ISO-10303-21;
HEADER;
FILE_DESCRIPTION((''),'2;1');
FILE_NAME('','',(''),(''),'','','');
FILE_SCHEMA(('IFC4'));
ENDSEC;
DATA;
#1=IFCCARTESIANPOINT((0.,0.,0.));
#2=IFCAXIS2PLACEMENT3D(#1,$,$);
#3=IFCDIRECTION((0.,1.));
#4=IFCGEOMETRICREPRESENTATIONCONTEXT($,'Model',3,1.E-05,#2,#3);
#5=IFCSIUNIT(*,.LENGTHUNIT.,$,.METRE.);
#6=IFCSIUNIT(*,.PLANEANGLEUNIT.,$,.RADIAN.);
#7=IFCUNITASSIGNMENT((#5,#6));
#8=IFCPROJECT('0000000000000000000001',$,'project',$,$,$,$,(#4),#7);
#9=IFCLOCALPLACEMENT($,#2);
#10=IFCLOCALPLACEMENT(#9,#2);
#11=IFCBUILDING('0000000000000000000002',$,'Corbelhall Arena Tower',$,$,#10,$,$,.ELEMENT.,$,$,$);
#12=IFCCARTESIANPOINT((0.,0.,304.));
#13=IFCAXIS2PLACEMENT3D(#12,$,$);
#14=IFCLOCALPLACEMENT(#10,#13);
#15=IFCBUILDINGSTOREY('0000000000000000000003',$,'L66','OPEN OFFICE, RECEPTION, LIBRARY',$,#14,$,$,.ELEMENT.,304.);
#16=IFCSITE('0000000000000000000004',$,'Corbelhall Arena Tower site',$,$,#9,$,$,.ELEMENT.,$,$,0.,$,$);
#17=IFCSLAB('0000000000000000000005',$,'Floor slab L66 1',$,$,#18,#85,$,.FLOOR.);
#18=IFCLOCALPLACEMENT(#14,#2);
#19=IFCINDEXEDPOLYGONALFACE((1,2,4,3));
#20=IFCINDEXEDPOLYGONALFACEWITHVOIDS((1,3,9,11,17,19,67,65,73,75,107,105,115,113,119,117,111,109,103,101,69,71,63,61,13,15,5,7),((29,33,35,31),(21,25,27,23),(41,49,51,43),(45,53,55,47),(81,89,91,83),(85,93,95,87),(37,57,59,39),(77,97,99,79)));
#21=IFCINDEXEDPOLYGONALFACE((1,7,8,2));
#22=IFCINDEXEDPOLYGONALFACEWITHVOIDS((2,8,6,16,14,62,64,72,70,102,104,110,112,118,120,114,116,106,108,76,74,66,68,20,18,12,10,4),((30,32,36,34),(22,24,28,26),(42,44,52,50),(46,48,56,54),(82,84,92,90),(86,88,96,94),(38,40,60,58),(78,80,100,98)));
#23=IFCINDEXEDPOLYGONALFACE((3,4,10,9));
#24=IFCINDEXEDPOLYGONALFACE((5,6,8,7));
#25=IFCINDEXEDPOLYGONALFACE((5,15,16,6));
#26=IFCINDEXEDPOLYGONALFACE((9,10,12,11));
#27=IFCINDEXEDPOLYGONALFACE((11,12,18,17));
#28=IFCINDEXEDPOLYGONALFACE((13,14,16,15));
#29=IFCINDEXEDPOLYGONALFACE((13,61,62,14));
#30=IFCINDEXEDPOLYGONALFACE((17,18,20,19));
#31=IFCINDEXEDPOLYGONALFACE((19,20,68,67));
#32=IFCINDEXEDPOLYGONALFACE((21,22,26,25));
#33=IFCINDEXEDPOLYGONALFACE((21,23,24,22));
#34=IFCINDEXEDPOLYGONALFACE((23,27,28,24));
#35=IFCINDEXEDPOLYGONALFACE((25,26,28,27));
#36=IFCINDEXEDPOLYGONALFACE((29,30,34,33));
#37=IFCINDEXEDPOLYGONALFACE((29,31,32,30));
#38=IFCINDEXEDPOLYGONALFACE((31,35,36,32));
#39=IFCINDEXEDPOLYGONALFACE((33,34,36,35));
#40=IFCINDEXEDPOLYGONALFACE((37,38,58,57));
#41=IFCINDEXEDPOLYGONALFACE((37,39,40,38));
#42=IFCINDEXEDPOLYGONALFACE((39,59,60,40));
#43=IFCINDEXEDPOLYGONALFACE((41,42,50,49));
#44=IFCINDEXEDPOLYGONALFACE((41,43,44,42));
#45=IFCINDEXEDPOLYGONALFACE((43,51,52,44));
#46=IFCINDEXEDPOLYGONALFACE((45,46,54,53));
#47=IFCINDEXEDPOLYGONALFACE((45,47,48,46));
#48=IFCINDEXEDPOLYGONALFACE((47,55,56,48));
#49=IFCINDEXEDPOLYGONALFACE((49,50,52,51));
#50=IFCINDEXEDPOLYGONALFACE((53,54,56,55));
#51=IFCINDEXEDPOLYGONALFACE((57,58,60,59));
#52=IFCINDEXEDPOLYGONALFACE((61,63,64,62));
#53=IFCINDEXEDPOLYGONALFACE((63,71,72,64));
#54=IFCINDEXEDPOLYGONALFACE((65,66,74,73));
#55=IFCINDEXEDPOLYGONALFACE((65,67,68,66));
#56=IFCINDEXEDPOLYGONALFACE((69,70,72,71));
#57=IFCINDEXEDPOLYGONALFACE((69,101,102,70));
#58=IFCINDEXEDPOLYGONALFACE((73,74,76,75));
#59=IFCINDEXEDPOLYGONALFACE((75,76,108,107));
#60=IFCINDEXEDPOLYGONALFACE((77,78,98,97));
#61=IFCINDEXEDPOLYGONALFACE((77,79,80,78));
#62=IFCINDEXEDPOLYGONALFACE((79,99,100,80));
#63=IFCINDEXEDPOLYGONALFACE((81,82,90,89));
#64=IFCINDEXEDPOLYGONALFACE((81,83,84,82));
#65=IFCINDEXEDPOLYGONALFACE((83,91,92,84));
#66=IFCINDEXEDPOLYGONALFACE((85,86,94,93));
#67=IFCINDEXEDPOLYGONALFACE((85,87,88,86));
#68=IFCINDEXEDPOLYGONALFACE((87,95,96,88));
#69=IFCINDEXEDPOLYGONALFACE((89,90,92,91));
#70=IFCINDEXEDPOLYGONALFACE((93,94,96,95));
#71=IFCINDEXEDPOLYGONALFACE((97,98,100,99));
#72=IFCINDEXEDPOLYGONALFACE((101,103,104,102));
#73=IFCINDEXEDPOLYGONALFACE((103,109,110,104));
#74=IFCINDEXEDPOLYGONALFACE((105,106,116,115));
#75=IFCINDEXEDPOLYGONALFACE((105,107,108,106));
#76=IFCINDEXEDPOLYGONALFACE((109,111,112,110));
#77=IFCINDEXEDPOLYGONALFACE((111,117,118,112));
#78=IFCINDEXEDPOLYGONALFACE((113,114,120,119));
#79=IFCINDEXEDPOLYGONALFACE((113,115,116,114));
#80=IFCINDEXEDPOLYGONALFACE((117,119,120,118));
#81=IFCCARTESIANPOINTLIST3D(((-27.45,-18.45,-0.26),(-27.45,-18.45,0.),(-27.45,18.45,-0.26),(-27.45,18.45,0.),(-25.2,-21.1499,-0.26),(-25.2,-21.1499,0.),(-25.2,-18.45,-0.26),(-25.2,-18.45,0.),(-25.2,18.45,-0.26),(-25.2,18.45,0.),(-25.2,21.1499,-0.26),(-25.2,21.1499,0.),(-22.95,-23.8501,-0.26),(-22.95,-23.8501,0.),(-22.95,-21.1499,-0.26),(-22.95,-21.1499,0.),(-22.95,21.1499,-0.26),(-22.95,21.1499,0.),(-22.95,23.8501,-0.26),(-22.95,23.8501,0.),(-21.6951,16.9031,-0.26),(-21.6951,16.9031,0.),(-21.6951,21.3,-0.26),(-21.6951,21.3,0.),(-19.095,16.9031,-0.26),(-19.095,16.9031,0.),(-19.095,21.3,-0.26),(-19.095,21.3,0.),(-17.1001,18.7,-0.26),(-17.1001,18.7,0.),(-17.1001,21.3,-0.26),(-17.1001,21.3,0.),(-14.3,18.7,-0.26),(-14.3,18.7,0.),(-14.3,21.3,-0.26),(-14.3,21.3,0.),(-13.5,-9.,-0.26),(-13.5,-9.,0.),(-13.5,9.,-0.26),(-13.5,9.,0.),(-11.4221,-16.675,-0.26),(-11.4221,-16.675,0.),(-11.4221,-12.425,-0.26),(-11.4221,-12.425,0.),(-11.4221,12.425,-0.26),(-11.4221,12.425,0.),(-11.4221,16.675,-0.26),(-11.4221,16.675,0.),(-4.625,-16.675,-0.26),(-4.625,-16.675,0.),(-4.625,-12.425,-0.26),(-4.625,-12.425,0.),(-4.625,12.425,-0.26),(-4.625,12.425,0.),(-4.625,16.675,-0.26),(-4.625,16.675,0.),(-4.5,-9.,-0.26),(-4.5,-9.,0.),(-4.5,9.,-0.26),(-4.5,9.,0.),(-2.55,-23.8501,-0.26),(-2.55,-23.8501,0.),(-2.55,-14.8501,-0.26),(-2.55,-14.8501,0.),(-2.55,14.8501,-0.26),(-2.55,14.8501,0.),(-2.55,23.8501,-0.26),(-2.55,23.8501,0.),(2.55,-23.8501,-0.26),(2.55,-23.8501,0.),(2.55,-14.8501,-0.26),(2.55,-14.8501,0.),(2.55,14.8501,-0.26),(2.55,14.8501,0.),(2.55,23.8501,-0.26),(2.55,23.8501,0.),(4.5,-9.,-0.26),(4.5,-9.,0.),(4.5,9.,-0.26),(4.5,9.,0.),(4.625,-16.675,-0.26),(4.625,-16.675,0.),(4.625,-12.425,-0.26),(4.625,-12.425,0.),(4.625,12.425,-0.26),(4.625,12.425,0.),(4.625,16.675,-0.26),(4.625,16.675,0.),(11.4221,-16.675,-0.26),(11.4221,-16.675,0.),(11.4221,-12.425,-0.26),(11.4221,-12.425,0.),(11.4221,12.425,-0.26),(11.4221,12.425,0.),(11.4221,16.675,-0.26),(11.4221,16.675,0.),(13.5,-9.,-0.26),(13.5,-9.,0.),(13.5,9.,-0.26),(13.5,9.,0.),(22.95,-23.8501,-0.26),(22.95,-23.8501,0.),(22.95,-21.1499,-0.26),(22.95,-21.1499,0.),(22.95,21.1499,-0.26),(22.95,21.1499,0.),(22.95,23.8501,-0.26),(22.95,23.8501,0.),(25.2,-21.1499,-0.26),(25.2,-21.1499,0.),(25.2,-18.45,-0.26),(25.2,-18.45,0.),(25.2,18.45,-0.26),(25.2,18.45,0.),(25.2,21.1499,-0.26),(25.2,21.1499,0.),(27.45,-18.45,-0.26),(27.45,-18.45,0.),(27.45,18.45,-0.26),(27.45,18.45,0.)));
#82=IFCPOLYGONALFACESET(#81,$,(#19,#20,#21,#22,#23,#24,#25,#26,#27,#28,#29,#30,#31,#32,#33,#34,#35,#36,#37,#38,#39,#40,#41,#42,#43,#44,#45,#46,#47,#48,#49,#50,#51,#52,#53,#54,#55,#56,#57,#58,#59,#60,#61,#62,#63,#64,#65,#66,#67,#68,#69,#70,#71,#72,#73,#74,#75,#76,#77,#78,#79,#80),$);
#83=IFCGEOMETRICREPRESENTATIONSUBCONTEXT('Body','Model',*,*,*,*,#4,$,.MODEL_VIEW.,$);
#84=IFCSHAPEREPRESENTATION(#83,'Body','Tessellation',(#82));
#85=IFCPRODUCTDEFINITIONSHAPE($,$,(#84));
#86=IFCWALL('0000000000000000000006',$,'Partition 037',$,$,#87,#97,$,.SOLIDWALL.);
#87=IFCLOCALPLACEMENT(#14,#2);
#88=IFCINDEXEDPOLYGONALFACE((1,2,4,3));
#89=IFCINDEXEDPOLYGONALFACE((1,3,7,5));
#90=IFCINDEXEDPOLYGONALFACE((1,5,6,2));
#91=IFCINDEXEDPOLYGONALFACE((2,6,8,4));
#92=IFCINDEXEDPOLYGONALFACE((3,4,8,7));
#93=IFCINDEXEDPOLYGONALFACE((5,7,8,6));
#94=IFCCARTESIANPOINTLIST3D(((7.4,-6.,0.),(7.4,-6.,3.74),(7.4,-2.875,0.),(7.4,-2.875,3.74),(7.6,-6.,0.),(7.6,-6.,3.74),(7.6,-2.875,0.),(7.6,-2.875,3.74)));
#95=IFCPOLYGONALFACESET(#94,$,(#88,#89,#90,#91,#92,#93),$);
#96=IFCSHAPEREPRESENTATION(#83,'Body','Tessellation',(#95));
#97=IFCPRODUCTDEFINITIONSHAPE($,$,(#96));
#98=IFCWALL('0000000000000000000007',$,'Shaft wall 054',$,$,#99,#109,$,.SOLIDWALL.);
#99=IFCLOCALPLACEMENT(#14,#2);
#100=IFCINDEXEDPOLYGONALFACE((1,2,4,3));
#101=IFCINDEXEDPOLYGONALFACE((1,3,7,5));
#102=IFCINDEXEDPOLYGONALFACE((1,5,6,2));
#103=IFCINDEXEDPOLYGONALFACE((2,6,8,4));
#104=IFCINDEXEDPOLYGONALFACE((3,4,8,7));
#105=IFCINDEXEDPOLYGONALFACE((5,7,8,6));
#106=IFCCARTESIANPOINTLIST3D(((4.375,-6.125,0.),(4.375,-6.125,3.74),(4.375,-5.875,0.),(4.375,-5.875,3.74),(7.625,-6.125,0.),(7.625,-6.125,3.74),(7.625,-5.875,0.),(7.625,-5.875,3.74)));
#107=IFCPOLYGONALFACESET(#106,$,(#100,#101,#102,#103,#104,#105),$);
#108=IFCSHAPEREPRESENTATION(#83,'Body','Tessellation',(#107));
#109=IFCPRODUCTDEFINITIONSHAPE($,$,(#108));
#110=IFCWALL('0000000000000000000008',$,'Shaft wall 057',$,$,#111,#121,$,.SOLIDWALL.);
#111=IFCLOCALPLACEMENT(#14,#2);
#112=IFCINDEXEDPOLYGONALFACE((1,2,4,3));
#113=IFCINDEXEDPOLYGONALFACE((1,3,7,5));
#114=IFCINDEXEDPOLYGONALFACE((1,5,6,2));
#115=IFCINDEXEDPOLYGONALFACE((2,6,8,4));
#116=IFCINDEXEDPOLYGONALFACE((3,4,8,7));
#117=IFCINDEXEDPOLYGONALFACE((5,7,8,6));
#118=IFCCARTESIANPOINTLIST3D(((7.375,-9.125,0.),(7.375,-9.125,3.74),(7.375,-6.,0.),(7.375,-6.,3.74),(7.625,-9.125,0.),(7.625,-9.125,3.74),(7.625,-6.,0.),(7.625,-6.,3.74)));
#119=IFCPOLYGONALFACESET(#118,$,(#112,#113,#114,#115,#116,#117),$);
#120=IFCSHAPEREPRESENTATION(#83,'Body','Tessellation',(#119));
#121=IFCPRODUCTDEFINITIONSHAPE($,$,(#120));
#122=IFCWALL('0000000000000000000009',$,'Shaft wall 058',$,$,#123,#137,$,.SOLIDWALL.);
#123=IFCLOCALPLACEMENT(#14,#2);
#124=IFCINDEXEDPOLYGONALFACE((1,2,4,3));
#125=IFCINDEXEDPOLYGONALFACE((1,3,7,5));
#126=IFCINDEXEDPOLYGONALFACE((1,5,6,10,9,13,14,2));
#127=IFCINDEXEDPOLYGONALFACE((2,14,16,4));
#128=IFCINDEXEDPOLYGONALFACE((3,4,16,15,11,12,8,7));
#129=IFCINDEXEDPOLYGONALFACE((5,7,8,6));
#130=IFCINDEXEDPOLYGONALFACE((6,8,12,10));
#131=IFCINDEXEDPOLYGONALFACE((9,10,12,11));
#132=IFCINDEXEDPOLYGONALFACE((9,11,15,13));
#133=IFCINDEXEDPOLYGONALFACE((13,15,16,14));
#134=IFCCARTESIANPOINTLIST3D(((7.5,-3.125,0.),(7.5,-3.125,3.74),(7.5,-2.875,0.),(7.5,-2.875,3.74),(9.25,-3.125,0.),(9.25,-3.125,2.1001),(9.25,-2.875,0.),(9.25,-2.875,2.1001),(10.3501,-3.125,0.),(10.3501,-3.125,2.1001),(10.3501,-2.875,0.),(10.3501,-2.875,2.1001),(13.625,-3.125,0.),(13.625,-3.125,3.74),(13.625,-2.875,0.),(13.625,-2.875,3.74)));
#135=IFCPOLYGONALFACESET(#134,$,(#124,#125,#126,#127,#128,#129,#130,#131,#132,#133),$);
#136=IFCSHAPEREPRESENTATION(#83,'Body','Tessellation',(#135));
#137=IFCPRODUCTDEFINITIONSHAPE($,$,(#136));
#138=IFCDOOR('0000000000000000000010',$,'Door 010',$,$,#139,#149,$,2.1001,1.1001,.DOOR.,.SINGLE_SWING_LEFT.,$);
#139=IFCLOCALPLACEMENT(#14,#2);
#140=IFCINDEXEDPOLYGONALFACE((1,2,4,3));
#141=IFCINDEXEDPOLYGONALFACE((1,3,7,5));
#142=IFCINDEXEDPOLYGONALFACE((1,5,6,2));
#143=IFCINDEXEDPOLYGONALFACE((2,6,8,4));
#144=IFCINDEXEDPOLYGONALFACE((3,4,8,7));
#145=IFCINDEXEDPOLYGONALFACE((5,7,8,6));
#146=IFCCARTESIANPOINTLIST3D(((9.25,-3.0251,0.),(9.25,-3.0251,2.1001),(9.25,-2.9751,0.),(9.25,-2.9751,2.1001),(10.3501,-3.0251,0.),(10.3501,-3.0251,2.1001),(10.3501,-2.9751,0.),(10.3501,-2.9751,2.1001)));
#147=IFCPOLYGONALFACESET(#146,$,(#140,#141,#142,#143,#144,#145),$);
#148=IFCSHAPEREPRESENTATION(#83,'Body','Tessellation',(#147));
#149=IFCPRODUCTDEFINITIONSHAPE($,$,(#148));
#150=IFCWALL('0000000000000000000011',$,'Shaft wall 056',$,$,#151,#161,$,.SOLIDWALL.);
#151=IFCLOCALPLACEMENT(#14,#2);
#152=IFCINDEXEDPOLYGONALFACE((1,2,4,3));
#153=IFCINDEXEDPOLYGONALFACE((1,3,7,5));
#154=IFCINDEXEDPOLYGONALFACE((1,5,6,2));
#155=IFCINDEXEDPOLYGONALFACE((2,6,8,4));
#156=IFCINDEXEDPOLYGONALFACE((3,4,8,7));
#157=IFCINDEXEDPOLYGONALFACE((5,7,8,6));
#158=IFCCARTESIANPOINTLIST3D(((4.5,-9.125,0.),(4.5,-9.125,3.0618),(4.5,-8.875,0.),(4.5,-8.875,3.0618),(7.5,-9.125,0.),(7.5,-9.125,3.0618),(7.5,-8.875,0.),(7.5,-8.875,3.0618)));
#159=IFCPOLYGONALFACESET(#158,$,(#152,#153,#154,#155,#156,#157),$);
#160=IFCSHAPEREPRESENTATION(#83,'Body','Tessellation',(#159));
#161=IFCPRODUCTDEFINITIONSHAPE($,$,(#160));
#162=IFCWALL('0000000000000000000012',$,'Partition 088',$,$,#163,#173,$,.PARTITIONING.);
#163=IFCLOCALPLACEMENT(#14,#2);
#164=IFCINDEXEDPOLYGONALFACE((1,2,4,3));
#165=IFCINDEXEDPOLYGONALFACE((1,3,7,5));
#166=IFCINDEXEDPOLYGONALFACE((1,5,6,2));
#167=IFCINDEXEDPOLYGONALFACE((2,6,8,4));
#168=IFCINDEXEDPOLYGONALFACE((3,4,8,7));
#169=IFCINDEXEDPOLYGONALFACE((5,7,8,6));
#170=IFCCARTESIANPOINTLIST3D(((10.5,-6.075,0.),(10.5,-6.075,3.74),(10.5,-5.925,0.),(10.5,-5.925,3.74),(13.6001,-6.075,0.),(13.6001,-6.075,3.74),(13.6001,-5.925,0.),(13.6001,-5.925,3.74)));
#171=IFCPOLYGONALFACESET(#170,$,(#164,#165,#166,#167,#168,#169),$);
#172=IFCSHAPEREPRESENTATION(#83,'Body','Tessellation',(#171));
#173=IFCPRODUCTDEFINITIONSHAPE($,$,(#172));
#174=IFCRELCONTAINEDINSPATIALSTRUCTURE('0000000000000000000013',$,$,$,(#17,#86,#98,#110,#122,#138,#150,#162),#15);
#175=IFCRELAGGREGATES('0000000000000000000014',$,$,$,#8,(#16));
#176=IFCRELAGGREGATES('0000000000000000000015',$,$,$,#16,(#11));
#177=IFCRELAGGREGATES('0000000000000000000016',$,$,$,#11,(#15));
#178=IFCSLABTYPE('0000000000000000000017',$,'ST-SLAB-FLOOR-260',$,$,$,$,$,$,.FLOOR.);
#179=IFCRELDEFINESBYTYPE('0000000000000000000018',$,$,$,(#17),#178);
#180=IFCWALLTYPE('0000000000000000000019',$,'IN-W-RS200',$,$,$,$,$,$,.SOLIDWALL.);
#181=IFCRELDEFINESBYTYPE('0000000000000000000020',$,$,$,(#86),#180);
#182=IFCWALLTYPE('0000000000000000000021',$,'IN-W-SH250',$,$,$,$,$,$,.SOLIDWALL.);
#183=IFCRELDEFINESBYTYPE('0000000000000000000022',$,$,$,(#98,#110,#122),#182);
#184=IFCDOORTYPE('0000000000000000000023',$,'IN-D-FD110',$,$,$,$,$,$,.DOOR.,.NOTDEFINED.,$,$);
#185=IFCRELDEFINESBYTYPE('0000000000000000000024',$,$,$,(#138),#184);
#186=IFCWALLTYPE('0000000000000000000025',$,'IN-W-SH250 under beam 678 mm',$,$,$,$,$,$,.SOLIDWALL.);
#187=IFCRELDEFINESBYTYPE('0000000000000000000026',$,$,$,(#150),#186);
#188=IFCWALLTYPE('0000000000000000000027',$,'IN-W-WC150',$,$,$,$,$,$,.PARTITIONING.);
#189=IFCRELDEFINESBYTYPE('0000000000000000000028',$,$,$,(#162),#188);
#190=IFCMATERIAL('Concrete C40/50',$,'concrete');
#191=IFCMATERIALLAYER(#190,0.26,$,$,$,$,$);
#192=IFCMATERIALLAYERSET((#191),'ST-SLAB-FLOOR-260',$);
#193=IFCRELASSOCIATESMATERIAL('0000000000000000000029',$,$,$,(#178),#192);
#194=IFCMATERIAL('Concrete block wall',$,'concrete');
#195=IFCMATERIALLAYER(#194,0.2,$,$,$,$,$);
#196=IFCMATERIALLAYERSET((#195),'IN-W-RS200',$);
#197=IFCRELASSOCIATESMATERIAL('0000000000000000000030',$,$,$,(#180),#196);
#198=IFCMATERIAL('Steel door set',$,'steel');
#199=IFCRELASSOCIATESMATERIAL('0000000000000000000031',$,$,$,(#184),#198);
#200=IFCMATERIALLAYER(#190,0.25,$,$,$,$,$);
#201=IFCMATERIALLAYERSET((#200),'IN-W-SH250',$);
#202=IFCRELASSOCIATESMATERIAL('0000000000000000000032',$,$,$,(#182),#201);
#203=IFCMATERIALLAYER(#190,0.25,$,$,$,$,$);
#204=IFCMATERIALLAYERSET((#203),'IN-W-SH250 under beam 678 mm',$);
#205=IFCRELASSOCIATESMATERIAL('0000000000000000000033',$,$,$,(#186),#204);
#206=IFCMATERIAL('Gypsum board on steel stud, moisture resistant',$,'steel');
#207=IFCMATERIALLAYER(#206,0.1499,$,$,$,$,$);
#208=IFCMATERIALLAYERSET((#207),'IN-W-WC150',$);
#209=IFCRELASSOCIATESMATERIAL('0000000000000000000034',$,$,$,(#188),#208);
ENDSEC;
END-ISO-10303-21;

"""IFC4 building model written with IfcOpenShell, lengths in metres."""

from ifc_helpers import new_model, si_unit, direction, frame, frame_2d, origin, place, context, subcontext, project, spatial, polyline, rectangle, outline, extrude, material, layer, layer_set, type_object, element, fill, save


model = new_model("IFC4")

# Units and contexts
model_context = context("Model", 3, precision=1e-05, world=origin(), true_north=direction((0.0, 1.0)))
body_context = subcontext(model_context, "Body", "Model", "MODEL_VIEW")
ifc_project = project(units=[si_unit("LENGTHUNIT", "METRE"), si_unit("PLANEANGLEUNIT", "RADIAN")], contexts=[model_context])

# Site, building, storey
site_placement = place(None, origin())
site = spatial("IfcSite", under=ifc_project, at=site_placement, Name="Corbelhall Arena Tower site", CompositionType="ELEMENT", RefElevation=0.0)
building_placement = place(site_placement, origin())
building = spatial("IfcBuilding", under=site, at=building_placement, Name="Corbelhall Arena Tower", CompositionType="ELEMENT")
storey_placement = place(building_placement, frame((0.0, 0.0, 304.0)))
storey = spatial("IfcBuildingStorey", under=building, at=storey_placement, Name="L66", Description="OPEN OFFICE, RECEPTION, LIBRARY", CompositionType="ELEMENT", Elevation=304.0)

# Shared definitions
ifc_material_1 = material(Name="Concrete C40/50", Category="concrete")

# Slab
ifc_layer_1 = layer(ifc_material_1, 0.26)
ifc_layer_set_1 = layer_set([ifc_layer_1], Name="ST-SLAB-FLOOR-260")
slab_type_1 = type_object("IfcSlabType", Name="ST-SLAB-FLOOR-260", PredefinedType="FLOOR", material=ifc_layer_set_1)
slab_1_placement = place(storey_placement, frame((0.0, 0.0, -0.26)))
element("IfcSlab", 1, at=slab_1_placement, inside=storey, type_object=slab_type_1, Name="Floor slab L66 1", PredefinedType="FLOOR", context=body_context, shape_type="SweptSolid", body=[
    extrude(outline(polyline([(22.95, 23.8501), (2.55, 23.8501), (2.55, 14.8501), (-2.55, 14.8501), (-2.55, 23.8501), (-22.95, 23.8501), (-22.95, 21.1499), (-25.2, 21.1499), (-25.2, 18.45), (-27.45, 18.45), (-27.45, -18.45), (-25.2, -18.45), (-25.2, -21.1499), (-22.95, -21.1499), (-22.95, -23.8501), (-2.55, -23.8501), (-2.55, -14.8501), (2.55, -14.8501), (2.55, -23.8501), (22.95, -23.8501), (22.95, -21.1499), (25.2, -21.1499), (25.2, -18.45), (27.45, -18.45), (27.45, 18.45), (25.2, 18.45), (25.2, 21.1499), (22.95, 21.1499), (22.95, 23.8501)]), holes=[polyline([(-13.5, 9.0), (-13.5, -9.0), (-4.5, -9.0), (-4.5, 9.0), (-13.5, 9.0)]), polyline([(4.5, 9.0), (4.5, -9.0), (13.5, -9.0), (13.5, 9.0), (4.5, 9.0)]), polyline([(-4.625, 16.675), (-11.4221, 16.675), (-11.4221, 12.425), (-4.625, 12.425), (-4.625, 16.675)]), polyline([(-4.625, -16.675), (-4.625, -12.425), (-11.4221, -12.425), (-11.4221, -16.675), (-4.625, -16.675)]), polyline([(11.4221, 16.675), (4.625, 16.675), (4.625, 12.425), (11.4221, 12.425), (11.4221, 16.675)]), polyline([(11.4221, -16.675), (11.4221, -12.425), (4.625, -12.425), (4.625, -16.675), (11.4221, -16.675)]), polyline([(-21.6951, 21.3), (-21.6951, 16.9031), (-19.095, 16.9031), (-19.095, 21.3), (-21.6951, 21.3)]), polyline([(-14.3, 21.3), (-17.1001, 21.3), (-17.1001, 18.7), (-14.3, 18.7), (-14.3, 21.3)])]), origin(), (0.0, 0.0, 1.0), 0.26),
])

# Wall
ifc_material_2 = material(Name="Concrete block wall", Category="concrete")
ifc_layer_2 = layer(ifc_material_2, 0.2)
ifc_layer_set_2 = layer_set([ifc_layer_2], Name="IN-W-RS200")
wall_type_1 = type_object("IfcWallType", Name="IN-W-RS200", PredefinedType="SOLIDWALL", material=ifc_layer_set_2)
wall_1_placement = place(storey_placement, frame((7.5, -2.875, 0.0), z_axis=(0.0, 0.0, 1.0), x_axis=(0.0, -1.0, 0.0)))
element("IfcWall", 2, at=wall_1_placement, inside=storey, type_object=wall_type_1, Name="Partition 037", PredefinedType="SOLIDWALL", context=body_context, shape_type="SweptSolid", body=[
    extrude(rectangle(XDim=3.125, YDim=0.2, at=frame_2d((1.5625, 0.0))), origin(), (0.0, 0.0, 1.0), 3.74),
])

# Shared definitions
ifc_material_3 = material(Name="Steel door set", Category="steel")
door_type_1 = type_object("IfcDoorType", Name="IN-D-FD110", OperationType="NOTDEFINED", PredefinedType="DOOR", material=ifc_material_3)

# Walls
ifc_layer_3 = layer(ifc_material_1, 0.25)
ifc_layer_set_3 = layer_set([ifc_layer_3], Name="IN-W-SH250")
wall_type_2 = type_object("IfcWallType", Name="IN-W-SH250", PredefinedType="SOLIDWALL", material=ifc_layer_set_3)
wall_2_placement = place(storey_placement, frame((4.375, -6.0, 0.0), z_axis=(0.0, 0.0, 1.0), x_axis=(1.0, 0.0, 0.0)))
element("IfcWall", 3, at=wall_2_placement, inside=storey, type_object=wall_type_2, Name="Shaft wall 054", PredefinedType="SOLIDWALL", context=body_context, shape_type="SweptSolid", body=[
    extrude(rectangle(XDim=3.25, YDim=0.25, at=frame_2d((1.625, 0.0))), origin(), (0.0, 0.0, 1.0), 3.74),
])
wall_3_placement = place(storey_placement, frame((7.5, -6.0, 0.0), z_axis=(0.0, 0.0, 1.0), x_axis=(0.0, -1.0, 0.0)))
element("IfcWall", 4, at=wall_3_placement, inside=storey, type_object=wall_type_2, Name="Shaft wall 057", PredefinedType="SOLIDWALL", context=body_context, shape_type="SweptSolid", body=[
    extrude(rectangle(XDim=3.125, YDim=0.25, at=frame_2d((1.5625, 0.0))), origin(), (0.0, 0.0, 1.0), 3.74),
])

# Wall, opening, door
wall_4_placement = place(storey_placement, frame((7.5, -3.0, 0.0), z_axis=(0.0, 0.0, 1.0), x_axis=(1.0, 0.0, 0.0)))
wall_4 = element("IfcWall", 5, at=wall_4_placement, inside=storey, type_object=wall_type_2, Name="Shaft wall 058", PredefinedType="SOLIDWALL", context=body_context, shape_type="SweptSolid", body=[
    extrude(rectangle(XDim=6.125, YDim=0.25, at=frame_2d((3.0625, 0.0))), origin(), (0.0, 0.0, 1.0), 3.74),
])
opening_1_placement = place(wall_4_placement, frame((1.75, 0.0, 0.0)))
opening_1 = element("IfcOpeningElement", 6, at=opening_1_placement, cuts=wall_4, PredefinedType="OPENING", context=body_context, shape_type="SweptSolid", body=[
    extrude(rectangle(XDim=1.1001, YDim=2.1001, at=frame_2d((0.55, 1.05))), frame((0.0, 0.125, 0.0), z_axis=(0.0, -1.0, 0.0), x_axis=(1.0, 0.0, 0.0)), (0.0, 0.0, 1.0), 0.25),
])
door_1_placement = place(opening_1_placement, origin())
door_1 = element("IfcDoor", 7, at=door_1_placement, inside=storey, type_object=door_type_1, Name="Door 010", OperationType="SINGLE_SWING_LEFT", OverallHeight=2.1001, OverallWidth=1.1001, PredefinedType="DOOR", context=body_context, shape_type="SweptSolid", body=[
    extrude(rectangle(XDim=1.1001, YDim=2.1001, at=frame_2d((0.55, 1.05))), frame((0.0, 0.0249, 0.0), z_axis=(0.0, -1.0, 0.0), x_axis=(1.0, 0.0, 0.0)), (0.0, 0.0, 1.0), 0.05),
])
fill(opening_1, door_1)

# Walls
ifc_layer_4 = layer(ifc_material_1, 0.25)
ifc_layer_set_4 = layer_set([ifc_layer_4], Name="IN-W-SH250 under beam 678 mm")
wall_type_3 = type_object("IfcWallType", Name="IN-W-SH250 under beam 678 mm", PredefinedType="SOLIDWALL", material=ifc_layer_set_4)
wall_5_placement = place(storey_placement, frame((7.5, -9.0, 0.0), z_axis=(0.0, 0.0, 1.0), x_axis=(-1.0, 0.0, 0.0)))
element("IfcWall", 8, at=wall_5_placement, inside=storey, type_object=wall_type_3, Name="Shaft wall 056", PredefinedType="SOLIDWALL", context=body_context, shape_type="SweptSolid", body=[
    extrude(rectangle(XDim=3.0, YDim=0.25, at=frame_2d((1.5, 0.0))), origin(), (0.0, 0.0, 1.0), 3.0618),
])
ifc_material_4 = material(Name="Gypsum board on steel stud, moisture resistant", Category="steel")
ifc_layer_5 = layer(ifc_material_4, 0.1499)
ifc_layer_set_5 = layer_set([ifc_layer_5], Name="IN-W-WC150")
wall_type_4 = type_object("IfcWallType", Name="IN-W-WC150", PredefinedType="PARTITIONING", material=ifc_layer_set_5)
wall_6_placement = place(storey_placement, frame((10.5, -6.0, 0.0), z_axis=(0.0, 0.0, 1.0), x_axis=(1.0, 0.0, 0.0)))
element("IfcWall", 9, at=wall_6_placement, inside=storey, type_object=wall_type_4, Name="Partition 088", PredefinedType="PARTITIONING", context=body_context, shape_type="SweptSolid", body=[
    extrude(rectangle(XDim=3.1001, YDim=0.1499, at=frame_2d((1.55, 0.0))), origin(), (0.0, 0.0, 1.0), 3.74),
])

save(model, "model.ifc")
